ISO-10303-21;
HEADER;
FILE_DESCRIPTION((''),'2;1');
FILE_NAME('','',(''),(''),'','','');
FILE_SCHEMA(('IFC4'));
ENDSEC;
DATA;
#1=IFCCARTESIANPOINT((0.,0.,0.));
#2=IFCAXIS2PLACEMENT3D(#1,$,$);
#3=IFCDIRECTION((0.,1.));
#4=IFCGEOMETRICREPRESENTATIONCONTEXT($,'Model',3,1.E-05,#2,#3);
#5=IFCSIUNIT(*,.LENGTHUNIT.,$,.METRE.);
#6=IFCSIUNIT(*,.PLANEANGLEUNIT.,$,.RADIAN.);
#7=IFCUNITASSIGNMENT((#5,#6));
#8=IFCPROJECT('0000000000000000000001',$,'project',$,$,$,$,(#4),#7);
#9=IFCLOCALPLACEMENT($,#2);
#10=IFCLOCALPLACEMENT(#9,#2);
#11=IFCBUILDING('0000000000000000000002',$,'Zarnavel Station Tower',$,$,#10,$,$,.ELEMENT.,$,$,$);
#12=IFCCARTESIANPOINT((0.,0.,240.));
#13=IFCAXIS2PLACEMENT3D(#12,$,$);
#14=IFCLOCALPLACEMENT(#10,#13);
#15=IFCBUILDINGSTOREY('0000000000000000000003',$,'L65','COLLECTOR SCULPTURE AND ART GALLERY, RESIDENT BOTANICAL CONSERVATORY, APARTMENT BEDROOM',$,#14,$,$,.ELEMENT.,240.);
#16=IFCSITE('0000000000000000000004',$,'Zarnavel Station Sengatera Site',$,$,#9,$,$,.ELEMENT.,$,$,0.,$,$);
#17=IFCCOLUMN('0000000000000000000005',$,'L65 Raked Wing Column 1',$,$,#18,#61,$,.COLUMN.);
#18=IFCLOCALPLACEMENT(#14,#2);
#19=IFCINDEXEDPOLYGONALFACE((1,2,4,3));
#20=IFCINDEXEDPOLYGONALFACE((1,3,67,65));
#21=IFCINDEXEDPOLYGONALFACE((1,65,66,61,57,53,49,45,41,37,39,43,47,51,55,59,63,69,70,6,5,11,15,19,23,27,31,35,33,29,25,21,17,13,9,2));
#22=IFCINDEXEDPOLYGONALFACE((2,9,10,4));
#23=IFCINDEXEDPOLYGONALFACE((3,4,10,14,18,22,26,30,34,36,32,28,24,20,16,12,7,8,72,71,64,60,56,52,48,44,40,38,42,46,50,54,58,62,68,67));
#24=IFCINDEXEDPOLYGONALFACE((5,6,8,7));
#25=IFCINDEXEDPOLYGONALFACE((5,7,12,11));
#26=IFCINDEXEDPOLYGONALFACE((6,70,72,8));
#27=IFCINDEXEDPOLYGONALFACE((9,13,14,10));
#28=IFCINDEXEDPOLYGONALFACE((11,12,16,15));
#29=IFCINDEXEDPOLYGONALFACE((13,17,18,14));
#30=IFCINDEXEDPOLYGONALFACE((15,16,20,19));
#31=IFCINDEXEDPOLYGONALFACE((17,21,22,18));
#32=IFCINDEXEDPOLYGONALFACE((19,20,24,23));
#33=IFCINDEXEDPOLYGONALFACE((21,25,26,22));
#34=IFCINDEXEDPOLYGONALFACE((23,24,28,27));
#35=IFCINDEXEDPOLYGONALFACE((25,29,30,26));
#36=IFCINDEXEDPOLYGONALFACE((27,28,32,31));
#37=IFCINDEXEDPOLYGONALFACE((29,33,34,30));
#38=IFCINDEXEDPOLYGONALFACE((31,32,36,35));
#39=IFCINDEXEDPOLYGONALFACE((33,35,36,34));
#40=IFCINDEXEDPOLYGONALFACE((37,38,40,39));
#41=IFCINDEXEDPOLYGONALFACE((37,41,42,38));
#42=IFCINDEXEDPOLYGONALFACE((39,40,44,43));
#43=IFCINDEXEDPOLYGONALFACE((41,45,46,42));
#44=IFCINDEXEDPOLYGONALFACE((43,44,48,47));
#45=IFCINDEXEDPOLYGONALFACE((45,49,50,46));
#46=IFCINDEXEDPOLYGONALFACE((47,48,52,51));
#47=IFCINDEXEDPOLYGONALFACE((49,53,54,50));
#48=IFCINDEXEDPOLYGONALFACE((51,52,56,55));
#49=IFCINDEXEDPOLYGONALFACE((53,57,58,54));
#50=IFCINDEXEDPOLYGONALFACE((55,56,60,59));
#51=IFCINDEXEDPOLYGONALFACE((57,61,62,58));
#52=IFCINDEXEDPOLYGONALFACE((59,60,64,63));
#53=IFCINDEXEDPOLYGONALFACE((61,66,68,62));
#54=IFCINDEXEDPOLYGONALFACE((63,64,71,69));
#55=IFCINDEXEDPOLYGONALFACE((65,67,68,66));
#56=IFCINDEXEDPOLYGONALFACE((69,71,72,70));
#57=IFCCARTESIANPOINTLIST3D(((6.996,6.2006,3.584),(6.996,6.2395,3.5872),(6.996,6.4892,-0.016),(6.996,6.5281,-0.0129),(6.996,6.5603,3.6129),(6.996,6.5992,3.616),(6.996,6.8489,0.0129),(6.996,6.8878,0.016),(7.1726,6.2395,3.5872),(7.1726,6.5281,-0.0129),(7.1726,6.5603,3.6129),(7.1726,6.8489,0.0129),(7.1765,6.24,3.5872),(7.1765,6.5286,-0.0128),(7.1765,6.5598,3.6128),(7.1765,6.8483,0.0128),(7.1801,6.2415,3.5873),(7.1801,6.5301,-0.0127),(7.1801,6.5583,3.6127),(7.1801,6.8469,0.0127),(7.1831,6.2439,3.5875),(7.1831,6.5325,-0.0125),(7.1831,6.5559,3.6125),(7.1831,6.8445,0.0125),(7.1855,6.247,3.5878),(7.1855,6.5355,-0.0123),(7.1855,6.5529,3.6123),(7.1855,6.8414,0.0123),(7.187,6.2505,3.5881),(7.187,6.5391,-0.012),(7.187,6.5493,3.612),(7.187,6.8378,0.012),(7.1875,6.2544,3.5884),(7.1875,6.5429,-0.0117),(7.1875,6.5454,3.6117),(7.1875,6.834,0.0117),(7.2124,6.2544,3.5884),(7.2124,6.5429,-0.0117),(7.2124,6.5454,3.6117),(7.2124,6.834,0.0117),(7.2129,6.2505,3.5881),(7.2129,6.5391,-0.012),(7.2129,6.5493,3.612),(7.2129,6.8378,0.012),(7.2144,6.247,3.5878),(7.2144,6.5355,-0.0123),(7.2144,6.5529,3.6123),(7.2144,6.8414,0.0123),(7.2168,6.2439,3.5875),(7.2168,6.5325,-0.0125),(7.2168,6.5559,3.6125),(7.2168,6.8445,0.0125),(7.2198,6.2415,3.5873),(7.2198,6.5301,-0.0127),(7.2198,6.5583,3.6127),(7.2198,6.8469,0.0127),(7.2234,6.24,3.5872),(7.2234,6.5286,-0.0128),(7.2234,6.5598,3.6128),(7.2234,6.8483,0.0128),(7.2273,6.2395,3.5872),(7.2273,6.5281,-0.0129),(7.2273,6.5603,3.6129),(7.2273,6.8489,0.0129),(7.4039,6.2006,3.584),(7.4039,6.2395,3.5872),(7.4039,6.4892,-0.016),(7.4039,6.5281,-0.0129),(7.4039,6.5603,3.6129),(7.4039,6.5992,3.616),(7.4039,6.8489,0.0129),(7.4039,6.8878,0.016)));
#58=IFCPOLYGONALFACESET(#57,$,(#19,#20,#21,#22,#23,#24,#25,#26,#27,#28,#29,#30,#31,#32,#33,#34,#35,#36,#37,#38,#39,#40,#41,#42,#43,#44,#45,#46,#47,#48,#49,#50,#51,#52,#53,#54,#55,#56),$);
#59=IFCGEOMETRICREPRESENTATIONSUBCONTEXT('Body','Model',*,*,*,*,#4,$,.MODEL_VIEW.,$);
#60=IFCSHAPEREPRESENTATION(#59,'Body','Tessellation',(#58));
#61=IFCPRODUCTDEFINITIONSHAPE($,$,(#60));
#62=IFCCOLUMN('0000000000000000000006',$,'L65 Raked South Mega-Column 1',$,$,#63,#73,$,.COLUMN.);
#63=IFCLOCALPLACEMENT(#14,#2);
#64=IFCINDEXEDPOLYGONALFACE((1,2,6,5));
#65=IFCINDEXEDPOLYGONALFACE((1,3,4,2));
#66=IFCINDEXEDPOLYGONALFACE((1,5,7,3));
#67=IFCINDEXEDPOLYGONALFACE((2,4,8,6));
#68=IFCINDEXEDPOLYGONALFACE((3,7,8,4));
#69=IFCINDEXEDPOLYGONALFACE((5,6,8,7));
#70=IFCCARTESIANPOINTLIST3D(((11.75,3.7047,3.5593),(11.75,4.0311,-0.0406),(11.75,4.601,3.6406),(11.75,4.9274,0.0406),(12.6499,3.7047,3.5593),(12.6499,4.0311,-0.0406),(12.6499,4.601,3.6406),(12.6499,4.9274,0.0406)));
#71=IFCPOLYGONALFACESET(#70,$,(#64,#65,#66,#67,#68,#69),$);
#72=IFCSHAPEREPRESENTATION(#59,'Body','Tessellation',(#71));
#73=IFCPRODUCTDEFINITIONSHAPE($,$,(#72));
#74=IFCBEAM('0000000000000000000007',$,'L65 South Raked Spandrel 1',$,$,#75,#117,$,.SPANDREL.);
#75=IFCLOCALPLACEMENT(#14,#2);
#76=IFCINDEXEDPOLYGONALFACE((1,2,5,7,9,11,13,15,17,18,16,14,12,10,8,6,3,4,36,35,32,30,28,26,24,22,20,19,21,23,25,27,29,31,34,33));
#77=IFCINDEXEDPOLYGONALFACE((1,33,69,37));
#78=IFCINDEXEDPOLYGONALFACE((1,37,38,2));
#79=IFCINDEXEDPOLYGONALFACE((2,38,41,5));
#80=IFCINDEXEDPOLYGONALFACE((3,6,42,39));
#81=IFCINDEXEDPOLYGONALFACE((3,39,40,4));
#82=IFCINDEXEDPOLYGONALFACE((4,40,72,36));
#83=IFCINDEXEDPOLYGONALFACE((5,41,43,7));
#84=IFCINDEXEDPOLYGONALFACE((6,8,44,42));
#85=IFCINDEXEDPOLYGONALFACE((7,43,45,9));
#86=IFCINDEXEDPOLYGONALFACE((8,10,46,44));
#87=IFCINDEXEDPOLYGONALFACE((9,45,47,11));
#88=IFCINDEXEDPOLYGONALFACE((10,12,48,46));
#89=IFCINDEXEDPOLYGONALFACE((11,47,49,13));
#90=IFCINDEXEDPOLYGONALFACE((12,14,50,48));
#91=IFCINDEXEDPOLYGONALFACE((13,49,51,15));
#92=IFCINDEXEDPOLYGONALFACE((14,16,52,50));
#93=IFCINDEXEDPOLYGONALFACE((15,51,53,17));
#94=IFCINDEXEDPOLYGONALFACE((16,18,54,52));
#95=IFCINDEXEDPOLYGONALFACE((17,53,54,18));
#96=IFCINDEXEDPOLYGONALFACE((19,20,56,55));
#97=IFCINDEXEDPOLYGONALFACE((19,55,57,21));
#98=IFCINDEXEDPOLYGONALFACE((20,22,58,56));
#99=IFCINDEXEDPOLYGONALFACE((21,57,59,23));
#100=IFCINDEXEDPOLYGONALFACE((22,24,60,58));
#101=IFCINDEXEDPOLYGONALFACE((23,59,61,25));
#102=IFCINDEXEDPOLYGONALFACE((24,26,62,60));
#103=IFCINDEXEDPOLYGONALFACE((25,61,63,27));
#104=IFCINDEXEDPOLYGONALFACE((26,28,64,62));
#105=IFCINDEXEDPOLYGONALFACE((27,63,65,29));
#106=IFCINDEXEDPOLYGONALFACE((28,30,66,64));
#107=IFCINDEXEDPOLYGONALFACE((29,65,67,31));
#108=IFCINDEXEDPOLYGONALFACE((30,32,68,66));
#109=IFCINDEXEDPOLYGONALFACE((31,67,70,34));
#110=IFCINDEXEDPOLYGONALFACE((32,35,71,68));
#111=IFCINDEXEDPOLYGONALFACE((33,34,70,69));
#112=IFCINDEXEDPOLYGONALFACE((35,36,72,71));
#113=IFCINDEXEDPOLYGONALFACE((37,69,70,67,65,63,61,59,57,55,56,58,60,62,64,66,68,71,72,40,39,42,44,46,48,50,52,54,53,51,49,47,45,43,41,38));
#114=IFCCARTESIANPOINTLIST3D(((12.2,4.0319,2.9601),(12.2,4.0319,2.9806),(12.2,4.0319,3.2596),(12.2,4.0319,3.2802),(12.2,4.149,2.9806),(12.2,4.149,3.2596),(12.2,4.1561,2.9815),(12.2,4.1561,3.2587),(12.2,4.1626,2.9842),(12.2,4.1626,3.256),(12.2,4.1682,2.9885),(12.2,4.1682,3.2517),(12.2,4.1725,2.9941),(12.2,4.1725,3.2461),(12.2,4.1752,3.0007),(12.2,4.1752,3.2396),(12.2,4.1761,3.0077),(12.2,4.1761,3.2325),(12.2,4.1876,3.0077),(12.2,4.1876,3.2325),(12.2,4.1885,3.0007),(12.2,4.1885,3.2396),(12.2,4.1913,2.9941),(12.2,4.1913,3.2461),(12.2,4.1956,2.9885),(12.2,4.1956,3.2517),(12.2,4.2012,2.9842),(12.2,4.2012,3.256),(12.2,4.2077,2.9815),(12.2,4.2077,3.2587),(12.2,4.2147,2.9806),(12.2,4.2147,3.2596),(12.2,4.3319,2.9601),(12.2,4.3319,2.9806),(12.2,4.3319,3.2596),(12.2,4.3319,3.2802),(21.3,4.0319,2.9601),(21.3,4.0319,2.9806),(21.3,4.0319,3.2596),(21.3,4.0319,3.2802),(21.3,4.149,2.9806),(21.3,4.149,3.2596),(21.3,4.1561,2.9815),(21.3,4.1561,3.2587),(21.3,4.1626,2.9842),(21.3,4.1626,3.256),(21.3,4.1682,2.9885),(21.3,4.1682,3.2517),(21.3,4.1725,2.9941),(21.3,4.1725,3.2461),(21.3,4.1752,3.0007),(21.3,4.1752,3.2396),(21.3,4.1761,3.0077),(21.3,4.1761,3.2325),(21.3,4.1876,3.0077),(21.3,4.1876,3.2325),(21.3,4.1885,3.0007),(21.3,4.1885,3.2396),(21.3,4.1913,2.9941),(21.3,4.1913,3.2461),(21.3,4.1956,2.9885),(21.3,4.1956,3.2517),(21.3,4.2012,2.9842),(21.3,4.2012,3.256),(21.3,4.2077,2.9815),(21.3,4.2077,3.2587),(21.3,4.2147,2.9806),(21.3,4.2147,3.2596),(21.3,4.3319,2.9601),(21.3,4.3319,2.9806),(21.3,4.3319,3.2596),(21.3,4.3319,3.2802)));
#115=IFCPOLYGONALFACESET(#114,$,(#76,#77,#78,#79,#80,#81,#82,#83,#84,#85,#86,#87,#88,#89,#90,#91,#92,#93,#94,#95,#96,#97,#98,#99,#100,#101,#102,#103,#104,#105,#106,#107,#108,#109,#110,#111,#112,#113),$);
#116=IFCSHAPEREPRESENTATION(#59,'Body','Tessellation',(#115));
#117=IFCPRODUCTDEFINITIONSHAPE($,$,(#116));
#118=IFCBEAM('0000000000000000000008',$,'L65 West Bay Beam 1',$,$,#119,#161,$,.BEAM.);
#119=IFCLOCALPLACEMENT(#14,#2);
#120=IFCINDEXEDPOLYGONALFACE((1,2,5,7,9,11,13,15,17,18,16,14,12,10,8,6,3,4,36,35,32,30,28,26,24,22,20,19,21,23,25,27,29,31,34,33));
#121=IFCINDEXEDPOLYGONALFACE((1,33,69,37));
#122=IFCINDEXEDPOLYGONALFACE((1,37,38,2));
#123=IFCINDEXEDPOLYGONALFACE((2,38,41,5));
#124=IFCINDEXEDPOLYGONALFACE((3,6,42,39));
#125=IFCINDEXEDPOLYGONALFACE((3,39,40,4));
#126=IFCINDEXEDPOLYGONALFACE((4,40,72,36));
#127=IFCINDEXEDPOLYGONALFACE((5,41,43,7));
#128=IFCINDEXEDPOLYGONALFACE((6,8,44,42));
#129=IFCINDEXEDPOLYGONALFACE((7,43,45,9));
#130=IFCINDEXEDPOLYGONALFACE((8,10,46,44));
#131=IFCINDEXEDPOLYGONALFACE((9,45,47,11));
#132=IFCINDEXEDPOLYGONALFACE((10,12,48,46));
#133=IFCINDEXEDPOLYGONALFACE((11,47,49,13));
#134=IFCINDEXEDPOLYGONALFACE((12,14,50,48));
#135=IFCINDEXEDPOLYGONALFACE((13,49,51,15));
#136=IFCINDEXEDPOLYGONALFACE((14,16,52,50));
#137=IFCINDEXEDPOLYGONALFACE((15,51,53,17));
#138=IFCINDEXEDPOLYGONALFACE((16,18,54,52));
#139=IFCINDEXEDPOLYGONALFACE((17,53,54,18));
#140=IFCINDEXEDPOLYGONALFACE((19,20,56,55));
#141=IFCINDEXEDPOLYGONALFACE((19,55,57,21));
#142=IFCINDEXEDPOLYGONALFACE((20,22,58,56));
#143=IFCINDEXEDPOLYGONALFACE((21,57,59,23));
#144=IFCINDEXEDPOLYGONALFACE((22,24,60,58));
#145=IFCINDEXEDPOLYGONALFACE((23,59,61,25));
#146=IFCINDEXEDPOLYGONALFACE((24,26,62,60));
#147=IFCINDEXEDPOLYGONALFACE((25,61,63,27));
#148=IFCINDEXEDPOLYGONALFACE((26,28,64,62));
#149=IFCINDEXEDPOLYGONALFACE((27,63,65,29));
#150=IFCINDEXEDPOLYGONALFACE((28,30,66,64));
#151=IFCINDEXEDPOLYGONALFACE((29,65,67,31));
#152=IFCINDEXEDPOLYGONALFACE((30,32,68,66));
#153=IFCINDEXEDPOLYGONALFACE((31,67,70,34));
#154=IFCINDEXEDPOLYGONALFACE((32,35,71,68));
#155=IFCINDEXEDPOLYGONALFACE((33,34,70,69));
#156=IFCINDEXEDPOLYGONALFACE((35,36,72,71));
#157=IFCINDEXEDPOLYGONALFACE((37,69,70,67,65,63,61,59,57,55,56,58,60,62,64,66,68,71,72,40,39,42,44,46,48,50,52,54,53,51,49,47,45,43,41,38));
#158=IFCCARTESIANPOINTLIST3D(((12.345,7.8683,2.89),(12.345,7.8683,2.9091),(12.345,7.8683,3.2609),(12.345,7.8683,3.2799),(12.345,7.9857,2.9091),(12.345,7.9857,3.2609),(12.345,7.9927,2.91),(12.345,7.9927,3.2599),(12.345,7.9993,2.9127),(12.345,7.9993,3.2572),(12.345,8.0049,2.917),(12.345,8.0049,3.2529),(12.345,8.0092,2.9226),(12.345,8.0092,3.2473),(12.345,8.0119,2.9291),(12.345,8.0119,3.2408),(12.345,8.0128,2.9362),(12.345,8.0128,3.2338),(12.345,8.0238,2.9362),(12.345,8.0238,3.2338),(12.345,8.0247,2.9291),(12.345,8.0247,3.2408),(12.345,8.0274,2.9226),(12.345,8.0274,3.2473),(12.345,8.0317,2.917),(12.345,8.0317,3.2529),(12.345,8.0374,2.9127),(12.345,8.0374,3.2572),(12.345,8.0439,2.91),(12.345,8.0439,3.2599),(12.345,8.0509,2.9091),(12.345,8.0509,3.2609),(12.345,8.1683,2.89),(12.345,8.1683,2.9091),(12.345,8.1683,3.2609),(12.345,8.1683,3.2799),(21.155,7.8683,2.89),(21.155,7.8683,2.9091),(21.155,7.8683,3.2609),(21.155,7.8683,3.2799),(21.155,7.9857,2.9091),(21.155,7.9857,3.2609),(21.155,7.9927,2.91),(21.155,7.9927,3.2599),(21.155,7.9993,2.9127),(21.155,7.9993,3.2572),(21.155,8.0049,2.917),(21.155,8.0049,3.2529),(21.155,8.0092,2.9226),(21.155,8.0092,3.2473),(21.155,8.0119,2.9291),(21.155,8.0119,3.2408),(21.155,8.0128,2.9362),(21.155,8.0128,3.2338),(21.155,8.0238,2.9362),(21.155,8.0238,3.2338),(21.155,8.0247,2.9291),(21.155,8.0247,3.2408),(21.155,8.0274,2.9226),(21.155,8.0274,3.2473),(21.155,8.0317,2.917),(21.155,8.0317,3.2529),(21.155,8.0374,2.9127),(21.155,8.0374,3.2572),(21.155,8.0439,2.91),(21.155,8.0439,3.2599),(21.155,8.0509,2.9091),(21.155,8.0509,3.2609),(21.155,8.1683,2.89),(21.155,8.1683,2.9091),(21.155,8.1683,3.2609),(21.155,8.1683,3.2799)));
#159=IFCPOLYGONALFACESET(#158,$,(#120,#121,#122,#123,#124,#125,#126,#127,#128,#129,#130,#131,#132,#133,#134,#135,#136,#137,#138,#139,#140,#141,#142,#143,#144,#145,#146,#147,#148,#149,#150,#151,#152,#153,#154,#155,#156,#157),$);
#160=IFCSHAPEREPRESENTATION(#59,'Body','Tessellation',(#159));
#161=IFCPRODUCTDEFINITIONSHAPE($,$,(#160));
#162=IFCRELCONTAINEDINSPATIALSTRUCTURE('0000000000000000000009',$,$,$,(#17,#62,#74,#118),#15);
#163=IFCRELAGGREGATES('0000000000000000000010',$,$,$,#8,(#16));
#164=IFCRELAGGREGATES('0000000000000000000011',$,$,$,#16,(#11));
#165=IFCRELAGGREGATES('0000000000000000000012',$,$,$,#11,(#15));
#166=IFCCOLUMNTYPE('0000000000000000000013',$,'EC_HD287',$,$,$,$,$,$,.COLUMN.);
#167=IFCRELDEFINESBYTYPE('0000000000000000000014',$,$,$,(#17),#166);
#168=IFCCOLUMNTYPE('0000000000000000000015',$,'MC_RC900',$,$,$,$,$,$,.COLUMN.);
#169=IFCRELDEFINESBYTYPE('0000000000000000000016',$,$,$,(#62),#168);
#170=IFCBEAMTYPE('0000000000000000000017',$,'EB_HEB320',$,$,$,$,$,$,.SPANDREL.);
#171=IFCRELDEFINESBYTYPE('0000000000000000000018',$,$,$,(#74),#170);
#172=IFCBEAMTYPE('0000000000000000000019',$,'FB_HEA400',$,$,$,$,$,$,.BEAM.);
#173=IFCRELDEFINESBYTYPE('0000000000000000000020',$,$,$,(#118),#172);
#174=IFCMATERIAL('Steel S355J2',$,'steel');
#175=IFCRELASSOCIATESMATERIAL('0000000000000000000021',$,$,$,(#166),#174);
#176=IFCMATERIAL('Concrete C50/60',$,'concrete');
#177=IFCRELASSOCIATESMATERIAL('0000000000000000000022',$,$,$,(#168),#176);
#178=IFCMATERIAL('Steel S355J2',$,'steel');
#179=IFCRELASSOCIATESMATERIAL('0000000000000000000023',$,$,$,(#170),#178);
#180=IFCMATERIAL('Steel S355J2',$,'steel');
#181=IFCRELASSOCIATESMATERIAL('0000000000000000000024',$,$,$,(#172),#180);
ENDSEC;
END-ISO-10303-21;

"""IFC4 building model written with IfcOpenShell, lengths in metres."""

from ifc_helpers import new_model, si_unit, direction, frame, origin, origin_2d, place, context, subcontext, project, spatial, rectangle, i_section, extrude, material, material_profile, profile_set, type_object, element, save


model = new_model("IFC4")

# Units and contexts
model_context = context("Model", 3, precision=1e-05, world=origin(), true_north=direction((0.0, 1.0)))
body_context = subcontext(model_context, "Body", "Model", "MODEL_VIEW")
ifc_project = project(units=[si_unit("LENGTHUNIT", "METRE"), si_unit("PLANEANGLEUNIT", "RADIAN")], contexts=[model_context])

# Site, building, storey
site_placement = place(None, origin())
site = spatial("IfcSite", under=ifc_project, at=site_placement, Name="Zarnavel Station Sengatera Site", CompositionType="ELEMENT", RefElevation=0.0)
building_placement = place(site_placement, origin())
building = spatial("IfcBuilding", under=site, at=building_placement, Name="Zarnavel Station Tower", CompositionType="ELEMENT")
storey_placement = place(building_placement, frame((0.0, 0.0, 240.0)))
storey = spatial("IfcBuildingStorey", under=building, at=storey_placement, Name="L65", Description="COLLECTOR SCULPTURE AND ART GALLERY, RESIDENT BOTANICAL CONSERVATORY, APARTMENT BEDROOM", CompositionType="ELEMENT", Elevation=240.0)

# Columns
ifc_material_1 = material(Name="Steel S355J2", Category="steel")
ifc_material_profile_1 = material_profile(ifc_material_1, i_section(OverallWidth=0.408, OverallDepth=0.3999, WebThickness=0.0249, FlangeThickness=0.0391, FilletRadius=0.0149, at=origin_2d()), Name="HD400x287")
ifc_profile_set_1 = profile_set([ifc_material_profile_1], Name="Steel S355J2")
column_type_1 = type_object("IfcColumnType", Name="EC_HD287", PredefinedType="COLUMN", material=ifc_profile_set_1)
column_1_placement = place(storey_placement, frame((7.2, 6.6885, 0.0), z_axis=(0.0, -0.079901, 0.996803), x_axis=(1.0, 0.0, 0.0)))
element("IfcColumn", 1, at=column_1_placement, inside=storey, type_object=column_type_1, Name="L65 Raked Wing Column 1", PredefinedType="COLUMN", context=body_context, shape_type="SweptSolid", body=[
    extrude(i_section(OverallWidth=0.408, OverallDepth=0.3999, WebThickness=0.0249, FlangeThickness=0.0391, FilletRadius=0.0149, at=origin_2d()), origin(), (0.0, 0.0, 1.0), 3.6116),
])
ifc_material_2 = material(Name="Concrete C50/60", Category="concrete")
ifc_material_profile_2 = material_profile(ifc_material_2, rectangle(XDim=0.8999, YDim=0.8999, at=origin_2d()), Name="RC900x900")
ifc_profile_set_2 = profile_set([ifc_material_profile_2], Name="Concrete C50/60")
column_type_2 = type_object("IfcColumnType", Name="MC_RC900", PredefinedType="COLUMN", material=ifc_profile_set_2)
column_2_placement = place(storey_placement, frame((12.2, 4.4792, 0.0), z_axis=(0.0, -0.090298, 0.995915), x_axis=(1.0, 0.0, 0.0)))
element("IfcColumn", 2, at=column_2_placement, inside=storey, type_object=column_type_2, Name="L65 Raked South Mega-Column 1", PredefinedType="COLUMN", context=body_context, shape_type="SweptSolid", body=[
    extrude(rectangle(XDim=0.8999, YDim=0.8999, at=origin_2d()), origin(), (0.0, 0.0, 1.0), 3.6147),
])

# Beams
ifc_material_3 = material(Name="Steel S355J2", Category="steel")
ifc_material_profile_3 = material_profile(ifc_material_3, i_section(OverallWidth=0.3, OverallDepth=0.3201, WebThickness=0.0115, FlangeThickness=0.0205, FilletRadius=0.0271, at=origin_2d()), Name="HEB320")
ifc_profile_set_3 = profile_set([ifc_material_profile_3], Name="Steel S355J2")
beam_type_1 = type_object("IfcBeamType", Name="EB_HEB320", PredefinedType="SPANDREL", material=ifc_profile_set_3)
beam_1_placement = place(storey_placement, frame((12.2, 4.1819, 3.1201), z_axis=(1.0, 0.0, 0.0), x_axis=(0.0, 1.0, 0.0)))
element("IfcBeam", 3, at=beam_1_placement, inside=storey, type_object=beam_type_1, Name="L65 South Raked Spandrel 1", PredefinedType="SPANDREL", context=body_context, shape_type="SweptSolid", body=[
    extrude(i_section(OverallWidth=0.3, OverallDepth=0.3201, WebThickness=0.0115, FlangeThickness=0.0205, FilletRadius=0.0271, at=origin_2d()), origin(), (0.0, 0.0, 1.0), 9.1001),
])
ifc_material_4 = material(Name="Steel S355J2", Category="steel")
ifc_material_profile_4 = material_profile(ifc_material_4, i_section(OverallWidth=0.3, OverallDepth=0.3899, WebThickness=0.011, FlangeThickness=0.019, FilletRadius=0.0271, at=origin_2d()), Name="HEA400")
ifc_profile_set_4 = profile_set([ifc_material_profile_4], Name="Steel S355J2")
beam_type_2 = type_object("IfcBeamType", Name="FB_HEA400", PredefinedType="BEAM", material=ifc_profile_set_4)
beam_2_placement = place(storey_placement, frame((12.345, 8.0183, 3.085), z_axis=(1.0, 0.0, 0.0), x_axis=(0.0, 1.0, 0.0)))
element("IfcBeam", 4, at=beam_2_placement, inside=storey, type_object=beam_type_2, Name="L65 West Bay Beam 1", PredefinedType="BEAM", context=body_context, shape_type="SweptSolid", body=[
    extrude(i_section(OverallWidth=0.3, OverallDepth=0.3899, WebThickness=0.011, FlangeThickness=0.019, FilletRadius=0.0271, at=origin_2d()), origin(), (0.0, 0.0, 1.0), 8.8101),
])

save(model, "model.ifc")
